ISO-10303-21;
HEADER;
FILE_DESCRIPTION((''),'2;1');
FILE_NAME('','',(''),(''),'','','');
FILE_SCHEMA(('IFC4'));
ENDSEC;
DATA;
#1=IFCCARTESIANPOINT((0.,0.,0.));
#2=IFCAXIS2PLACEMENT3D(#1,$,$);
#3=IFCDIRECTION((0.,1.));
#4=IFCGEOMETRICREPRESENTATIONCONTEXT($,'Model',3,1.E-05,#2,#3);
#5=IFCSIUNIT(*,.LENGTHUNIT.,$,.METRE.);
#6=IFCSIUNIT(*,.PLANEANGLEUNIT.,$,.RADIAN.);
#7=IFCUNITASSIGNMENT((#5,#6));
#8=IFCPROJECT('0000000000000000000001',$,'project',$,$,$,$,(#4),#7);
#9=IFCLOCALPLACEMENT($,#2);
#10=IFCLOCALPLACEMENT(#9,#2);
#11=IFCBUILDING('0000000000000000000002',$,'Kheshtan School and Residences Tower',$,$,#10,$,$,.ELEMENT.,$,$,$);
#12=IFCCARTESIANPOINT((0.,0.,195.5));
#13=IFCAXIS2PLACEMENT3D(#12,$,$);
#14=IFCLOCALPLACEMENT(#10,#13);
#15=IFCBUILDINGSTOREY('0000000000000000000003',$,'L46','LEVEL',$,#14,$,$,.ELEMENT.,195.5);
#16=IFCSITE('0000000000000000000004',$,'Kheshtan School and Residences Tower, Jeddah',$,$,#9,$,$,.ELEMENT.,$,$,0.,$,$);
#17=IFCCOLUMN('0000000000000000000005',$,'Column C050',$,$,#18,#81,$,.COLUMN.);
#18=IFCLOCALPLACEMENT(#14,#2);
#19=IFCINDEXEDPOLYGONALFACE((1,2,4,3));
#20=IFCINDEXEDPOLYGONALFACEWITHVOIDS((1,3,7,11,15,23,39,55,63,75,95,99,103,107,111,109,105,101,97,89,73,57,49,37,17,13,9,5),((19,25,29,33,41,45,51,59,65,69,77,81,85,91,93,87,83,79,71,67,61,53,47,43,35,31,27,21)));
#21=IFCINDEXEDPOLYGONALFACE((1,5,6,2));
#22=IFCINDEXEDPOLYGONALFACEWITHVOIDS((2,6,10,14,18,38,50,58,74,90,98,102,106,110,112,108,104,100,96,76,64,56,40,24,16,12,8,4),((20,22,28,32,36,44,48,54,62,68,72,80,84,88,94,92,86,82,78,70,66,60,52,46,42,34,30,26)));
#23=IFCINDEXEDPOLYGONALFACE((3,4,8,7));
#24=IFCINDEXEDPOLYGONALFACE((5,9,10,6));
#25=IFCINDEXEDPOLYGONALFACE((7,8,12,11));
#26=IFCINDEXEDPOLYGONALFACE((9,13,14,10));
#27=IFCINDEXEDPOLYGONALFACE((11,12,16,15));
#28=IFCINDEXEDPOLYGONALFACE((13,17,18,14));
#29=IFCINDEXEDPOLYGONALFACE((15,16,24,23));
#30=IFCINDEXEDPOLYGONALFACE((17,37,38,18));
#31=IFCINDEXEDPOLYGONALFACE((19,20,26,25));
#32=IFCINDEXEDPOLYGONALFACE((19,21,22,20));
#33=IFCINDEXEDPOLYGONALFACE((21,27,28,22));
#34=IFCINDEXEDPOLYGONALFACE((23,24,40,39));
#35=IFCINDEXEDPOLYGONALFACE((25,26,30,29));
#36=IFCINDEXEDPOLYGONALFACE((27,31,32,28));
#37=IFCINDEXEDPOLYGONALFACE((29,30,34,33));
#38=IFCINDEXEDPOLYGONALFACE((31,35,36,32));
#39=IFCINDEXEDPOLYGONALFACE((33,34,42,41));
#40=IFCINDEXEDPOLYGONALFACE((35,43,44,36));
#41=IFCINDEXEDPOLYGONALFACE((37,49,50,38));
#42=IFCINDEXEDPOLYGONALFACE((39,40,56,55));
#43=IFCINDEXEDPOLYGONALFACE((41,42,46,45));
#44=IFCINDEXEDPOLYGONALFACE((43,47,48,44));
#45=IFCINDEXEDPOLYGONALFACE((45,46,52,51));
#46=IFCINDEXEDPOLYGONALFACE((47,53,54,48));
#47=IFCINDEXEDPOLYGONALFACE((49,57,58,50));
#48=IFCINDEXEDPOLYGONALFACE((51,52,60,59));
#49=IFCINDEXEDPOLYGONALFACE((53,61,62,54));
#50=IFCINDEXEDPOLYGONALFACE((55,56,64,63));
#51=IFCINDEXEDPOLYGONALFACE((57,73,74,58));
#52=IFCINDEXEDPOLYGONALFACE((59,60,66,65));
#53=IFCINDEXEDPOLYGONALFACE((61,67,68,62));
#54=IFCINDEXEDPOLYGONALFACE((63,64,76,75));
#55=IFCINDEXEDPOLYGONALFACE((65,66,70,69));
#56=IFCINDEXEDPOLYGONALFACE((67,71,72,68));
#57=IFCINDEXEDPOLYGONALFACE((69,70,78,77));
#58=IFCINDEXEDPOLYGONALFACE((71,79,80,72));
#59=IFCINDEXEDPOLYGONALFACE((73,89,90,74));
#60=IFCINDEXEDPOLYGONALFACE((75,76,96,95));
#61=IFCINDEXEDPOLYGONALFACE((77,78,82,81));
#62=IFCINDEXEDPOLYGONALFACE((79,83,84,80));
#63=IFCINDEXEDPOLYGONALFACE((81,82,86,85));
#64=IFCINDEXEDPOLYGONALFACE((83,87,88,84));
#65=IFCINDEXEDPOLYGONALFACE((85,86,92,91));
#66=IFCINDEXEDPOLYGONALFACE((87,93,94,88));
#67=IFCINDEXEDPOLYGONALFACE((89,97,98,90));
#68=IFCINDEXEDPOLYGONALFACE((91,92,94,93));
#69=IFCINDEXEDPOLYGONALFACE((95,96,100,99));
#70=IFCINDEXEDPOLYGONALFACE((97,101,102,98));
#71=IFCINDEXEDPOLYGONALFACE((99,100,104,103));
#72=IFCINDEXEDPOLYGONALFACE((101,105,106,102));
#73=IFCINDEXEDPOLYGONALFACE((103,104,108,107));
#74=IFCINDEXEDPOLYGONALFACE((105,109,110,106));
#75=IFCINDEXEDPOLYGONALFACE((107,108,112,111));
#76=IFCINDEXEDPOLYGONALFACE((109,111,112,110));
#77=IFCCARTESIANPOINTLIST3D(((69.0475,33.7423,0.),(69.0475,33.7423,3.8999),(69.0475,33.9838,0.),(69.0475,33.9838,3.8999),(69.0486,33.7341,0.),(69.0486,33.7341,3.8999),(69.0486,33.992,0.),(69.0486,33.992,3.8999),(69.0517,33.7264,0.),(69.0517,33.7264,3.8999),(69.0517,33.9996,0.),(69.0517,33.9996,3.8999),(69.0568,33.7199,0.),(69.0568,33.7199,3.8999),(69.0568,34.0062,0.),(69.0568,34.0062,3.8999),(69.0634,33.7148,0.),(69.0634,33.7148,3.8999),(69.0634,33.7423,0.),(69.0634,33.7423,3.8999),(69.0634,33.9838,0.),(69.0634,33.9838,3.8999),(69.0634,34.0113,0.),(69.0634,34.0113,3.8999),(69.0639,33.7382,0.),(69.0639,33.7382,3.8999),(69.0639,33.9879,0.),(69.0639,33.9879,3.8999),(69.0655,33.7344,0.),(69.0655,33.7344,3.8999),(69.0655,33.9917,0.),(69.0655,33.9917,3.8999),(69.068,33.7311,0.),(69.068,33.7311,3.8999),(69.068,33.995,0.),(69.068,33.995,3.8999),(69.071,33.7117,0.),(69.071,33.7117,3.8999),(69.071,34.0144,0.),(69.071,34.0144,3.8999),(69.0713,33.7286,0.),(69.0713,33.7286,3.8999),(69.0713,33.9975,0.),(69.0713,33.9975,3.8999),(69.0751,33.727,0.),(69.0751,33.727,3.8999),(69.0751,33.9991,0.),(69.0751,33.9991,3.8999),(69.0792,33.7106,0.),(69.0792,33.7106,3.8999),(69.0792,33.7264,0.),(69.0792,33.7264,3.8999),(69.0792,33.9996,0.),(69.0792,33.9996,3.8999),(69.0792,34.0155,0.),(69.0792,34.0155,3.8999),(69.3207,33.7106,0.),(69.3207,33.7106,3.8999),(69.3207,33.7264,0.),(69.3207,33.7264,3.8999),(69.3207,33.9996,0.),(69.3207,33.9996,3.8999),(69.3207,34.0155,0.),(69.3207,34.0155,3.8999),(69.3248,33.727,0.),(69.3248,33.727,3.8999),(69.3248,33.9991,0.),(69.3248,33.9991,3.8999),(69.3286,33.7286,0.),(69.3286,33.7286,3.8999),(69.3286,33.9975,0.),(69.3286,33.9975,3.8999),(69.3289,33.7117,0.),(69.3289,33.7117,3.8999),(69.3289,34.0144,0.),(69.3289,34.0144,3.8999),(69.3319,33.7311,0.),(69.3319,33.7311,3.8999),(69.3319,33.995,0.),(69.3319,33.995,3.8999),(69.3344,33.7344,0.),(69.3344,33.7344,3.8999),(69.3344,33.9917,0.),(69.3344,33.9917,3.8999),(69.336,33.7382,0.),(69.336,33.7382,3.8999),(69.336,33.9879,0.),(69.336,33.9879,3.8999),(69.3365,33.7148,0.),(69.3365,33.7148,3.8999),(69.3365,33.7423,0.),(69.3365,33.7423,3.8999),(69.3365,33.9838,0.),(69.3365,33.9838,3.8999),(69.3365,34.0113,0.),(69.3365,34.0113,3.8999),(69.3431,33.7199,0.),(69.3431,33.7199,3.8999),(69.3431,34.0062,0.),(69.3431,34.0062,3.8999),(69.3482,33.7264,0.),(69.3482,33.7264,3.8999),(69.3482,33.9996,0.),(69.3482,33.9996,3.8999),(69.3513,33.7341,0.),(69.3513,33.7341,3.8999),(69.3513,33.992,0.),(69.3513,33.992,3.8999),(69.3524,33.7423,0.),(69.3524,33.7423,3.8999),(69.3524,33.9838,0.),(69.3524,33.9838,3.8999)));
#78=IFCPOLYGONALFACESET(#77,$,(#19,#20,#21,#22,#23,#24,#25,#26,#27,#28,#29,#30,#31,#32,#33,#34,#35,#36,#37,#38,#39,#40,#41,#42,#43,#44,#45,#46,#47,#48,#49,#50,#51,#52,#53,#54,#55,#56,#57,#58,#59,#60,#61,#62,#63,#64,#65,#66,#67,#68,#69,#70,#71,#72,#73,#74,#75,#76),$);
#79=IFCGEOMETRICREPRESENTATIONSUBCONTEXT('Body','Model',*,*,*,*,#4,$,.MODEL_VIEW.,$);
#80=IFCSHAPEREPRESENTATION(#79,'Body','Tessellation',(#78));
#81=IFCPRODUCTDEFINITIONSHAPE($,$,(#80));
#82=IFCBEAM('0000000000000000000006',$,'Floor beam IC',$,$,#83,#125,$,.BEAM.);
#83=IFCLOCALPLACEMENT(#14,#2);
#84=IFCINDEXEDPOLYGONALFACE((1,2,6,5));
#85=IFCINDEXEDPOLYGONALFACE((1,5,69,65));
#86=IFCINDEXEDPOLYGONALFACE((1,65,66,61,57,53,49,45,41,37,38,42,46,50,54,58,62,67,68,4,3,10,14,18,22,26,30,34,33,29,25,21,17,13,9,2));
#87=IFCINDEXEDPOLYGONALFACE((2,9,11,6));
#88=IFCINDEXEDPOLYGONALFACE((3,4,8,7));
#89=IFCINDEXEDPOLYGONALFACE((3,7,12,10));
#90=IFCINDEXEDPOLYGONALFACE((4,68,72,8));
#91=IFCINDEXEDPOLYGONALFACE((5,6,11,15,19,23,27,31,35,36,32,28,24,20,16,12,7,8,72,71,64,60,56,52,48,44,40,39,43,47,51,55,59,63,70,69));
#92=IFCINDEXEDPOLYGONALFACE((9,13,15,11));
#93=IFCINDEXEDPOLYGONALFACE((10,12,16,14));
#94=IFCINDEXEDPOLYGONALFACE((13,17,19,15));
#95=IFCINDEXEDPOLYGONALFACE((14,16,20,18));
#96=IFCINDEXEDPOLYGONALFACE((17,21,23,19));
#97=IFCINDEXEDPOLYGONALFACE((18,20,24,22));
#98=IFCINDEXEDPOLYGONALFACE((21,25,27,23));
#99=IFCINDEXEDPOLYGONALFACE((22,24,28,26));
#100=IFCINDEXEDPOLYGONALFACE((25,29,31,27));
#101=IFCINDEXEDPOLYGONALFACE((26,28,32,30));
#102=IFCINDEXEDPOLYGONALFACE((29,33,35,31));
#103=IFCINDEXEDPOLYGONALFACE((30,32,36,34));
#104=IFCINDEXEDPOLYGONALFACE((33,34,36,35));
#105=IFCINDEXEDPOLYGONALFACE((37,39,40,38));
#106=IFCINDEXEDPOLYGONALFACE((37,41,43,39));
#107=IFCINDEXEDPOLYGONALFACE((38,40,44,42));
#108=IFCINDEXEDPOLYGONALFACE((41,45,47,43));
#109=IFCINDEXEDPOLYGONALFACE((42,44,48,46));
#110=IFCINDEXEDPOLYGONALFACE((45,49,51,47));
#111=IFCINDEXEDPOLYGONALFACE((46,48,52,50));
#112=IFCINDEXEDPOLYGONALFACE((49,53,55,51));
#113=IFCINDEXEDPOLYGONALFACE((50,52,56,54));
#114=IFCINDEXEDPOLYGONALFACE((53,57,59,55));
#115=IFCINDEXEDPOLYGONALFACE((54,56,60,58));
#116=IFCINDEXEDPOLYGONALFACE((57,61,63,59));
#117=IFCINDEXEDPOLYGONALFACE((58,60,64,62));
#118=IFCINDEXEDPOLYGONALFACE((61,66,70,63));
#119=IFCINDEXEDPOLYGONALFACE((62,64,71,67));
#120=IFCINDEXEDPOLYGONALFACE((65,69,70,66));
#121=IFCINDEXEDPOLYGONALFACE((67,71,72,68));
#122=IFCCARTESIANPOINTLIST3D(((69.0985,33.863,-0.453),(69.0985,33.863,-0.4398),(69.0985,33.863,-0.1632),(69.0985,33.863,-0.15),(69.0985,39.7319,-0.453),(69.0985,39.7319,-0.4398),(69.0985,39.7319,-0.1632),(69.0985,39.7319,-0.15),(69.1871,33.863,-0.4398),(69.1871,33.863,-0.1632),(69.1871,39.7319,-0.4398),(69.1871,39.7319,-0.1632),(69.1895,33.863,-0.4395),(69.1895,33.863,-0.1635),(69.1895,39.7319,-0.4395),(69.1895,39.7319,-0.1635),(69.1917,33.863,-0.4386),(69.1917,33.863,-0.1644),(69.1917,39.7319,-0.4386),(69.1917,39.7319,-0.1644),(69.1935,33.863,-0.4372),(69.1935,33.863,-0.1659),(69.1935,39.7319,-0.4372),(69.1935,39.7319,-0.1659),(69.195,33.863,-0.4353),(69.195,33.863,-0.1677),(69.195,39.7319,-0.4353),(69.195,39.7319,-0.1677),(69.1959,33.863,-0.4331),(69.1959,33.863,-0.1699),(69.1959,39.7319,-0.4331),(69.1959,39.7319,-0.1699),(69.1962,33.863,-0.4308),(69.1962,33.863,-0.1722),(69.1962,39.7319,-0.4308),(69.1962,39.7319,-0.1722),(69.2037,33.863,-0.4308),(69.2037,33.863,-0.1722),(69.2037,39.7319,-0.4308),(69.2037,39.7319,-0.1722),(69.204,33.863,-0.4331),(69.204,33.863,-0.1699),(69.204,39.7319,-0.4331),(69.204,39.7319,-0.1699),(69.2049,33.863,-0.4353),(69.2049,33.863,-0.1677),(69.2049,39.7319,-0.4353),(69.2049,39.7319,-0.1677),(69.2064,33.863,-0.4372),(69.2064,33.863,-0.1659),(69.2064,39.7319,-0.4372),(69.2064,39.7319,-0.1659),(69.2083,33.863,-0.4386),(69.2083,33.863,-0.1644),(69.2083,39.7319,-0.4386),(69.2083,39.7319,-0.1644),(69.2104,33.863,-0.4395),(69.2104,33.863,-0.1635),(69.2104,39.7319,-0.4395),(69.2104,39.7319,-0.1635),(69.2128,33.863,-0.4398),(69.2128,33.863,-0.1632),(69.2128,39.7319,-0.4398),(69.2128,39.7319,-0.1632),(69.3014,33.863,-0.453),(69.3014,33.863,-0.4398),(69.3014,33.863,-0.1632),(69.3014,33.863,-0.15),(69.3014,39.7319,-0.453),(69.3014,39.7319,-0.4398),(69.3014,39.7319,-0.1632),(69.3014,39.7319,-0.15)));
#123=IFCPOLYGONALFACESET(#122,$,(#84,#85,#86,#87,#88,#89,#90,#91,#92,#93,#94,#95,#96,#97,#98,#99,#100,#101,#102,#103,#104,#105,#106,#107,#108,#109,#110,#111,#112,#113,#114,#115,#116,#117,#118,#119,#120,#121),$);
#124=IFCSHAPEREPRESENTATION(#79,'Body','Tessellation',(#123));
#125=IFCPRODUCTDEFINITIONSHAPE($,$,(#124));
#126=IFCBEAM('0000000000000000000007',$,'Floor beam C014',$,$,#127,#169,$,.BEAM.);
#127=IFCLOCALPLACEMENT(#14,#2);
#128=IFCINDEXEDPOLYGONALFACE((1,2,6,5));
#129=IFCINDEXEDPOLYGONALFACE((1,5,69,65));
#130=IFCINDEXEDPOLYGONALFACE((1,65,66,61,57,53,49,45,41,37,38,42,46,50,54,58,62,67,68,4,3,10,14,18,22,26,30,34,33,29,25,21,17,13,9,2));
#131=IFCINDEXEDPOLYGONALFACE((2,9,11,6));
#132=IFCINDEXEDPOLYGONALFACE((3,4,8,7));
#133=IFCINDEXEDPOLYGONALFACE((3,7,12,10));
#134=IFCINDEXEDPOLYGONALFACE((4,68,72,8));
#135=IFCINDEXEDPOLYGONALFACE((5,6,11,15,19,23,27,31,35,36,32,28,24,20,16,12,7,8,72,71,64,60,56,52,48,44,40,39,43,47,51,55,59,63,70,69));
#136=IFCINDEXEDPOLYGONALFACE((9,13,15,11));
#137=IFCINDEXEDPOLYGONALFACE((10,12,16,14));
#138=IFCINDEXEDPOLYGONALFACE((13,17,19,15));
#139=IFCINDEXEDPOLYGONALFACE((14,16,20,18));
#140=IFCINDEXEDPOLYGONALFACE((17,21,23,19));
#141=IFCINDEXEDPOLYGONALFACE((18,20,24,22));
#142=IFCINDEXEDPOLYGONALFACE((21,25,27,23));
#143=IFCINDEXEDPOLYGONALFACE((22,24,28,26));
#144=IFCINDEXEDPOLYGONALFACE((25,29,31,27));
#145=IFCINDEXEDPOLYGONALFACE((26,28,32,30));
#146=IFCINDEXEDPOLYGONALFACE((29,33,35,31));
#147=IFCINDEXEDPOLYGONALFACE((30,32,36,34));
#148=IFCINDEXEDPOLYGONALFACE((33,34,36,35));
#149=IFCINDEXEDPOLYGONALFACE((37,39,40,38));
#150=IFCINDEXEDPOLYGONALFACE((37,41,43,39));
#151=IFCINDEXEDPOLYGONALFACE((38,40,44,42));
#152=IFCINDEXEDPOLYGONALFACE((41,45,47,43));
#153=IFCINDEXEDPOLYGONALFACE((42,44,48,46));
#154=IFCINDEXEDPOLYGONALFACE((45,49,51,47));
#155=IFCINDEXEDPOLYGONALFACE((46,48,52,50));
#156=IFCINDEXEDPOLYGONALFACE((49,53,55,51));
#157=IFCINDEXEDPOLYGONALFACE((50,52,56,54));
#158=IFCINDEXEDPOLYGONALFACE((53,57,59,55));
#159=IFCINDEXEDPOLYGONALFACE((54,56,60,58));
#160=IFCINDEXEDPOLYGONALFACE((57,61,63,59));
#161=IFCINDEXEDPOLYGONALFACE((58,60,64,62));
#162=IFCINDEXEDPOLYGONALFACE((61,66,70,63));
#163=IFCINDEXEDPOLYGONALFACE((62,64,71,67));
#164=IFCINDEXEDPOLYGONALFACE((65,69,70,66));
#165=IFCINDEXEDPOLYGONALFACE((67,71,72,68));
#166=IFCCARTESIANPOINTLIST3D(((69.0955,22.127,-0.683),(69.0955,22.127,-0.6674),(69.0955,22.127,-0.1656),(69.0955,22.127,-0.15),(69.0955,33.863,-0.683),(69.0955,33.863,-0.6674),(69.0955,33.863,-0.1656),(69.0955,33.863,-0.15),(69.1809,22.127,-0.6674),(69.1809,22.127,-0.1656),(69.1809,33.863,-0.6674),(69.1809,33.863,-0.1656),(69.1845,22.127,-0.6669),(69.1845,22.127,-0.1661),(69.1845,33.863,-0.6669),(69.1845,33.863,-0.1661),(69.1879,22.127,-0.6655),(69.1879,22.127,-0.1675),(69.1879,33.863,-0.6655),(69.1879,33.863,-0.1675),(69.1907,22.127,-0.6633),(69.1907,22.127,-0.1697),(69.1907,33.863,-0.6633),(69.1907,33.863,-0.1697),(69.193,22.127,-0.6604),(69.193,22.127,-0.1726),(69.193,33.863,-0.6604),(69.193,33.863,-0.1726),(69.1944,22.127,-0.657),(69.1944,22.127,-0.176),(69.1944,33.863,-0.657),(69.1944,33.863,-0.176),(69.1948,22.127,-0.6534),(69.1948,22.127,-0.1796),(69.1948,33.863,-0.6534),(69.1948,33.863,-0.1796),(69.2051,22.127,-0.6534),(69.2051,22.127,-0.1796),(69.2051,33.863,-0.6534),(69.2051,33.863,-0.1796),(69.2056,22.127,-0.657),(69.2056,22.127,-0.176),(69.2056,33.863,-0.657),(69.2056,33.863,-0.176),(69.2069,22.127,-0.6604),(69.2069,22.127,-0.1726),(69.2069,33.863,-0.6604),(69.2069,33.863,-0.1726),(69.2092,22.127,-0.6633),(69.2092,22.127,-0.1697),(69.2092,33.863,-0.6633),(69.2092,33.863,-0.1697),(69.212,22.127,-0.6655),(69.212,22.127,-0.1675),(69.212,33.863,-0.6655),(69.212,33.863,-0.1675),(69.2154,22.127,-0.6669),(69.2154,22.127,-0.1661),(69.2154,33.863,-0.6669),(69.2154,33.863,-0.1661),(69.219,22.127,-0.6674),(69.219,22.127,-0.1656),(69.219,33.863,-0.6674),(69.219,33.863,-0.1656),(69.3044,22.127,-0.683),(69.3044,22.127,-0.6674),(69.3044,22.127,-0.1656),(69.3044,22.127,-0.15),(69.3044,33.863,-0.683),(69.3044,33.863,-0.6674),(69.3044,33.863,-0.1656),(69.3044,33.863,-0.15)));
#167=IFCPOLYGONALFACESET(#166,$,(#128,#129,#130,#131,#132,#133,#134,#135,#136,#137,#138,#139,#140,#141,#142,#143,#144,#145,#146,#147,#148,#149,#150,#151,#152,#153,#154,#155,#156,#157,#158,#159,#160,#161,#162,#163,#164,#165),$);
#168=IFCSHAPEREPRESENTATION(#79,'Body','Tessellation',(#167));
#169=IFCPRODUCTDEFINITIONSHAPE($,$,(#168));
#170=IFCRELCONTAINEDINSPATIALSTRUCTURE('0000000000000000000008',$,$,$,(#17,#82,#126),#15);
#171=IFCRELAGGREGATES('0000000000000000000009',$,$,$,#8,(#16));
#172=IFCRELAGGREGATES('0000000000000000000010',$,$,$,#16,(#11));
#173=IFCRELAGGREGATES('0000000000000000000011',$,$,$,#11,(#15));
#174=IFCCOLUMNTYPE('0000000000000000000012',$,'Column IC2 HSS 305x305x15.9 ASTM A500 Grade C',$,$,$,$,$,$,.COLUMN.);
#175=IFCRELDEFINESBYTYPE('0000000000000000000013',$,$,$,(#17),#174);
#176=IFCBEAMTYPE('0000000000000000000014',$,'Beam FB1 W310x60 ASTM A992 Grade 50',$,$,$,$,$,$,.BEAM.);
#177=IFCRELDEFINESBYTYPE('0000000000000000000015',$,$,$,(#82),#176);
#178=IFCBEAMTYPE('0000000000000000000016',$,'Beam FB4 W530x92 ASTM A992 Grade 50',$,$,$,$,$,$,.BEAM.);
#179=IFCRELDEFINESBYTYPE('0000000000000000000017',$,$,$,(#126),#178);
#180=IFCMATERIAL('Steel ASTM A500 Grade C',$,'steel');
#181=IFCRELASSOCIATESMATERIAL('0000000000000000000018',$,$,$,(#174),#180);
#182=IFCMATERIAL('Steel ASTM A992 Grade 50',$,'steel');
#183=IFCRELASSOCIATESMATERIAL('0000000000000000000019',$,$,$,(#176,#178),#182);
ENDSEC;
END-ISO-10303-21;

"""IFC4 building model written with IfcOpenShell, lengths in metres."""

from ifc_helpers import new_model, si_unit, direction, frame, origin, origin_2d, place, context, subcontext, project, spatial, hollow_rectangle, i_section, extrude, material, material_profile, profile_set, type_object, element, save


model = new_model("IFC4")

# Units and contexts
model_context = context("Model", 3, precision=1e-05, world=origin(), true_north=direction((0.0, 1.0)))
body_context = subcontext(model_context, "Body", "Model", "MODEL_VIEW")
ifc_project = project(units=[si_unit("LENGTHUNIT", "METRE"), si_unit("PLANEANGLEUNIT", "RADIAN")], contexts=[model_context])

# Site, building, storey
site_placement = place(None, origin())
site = spatial("IfcSite", under=ifc_project, at=site_placement, Name="Kheshtan School and Residences Tower, Jeddah", CompositionType="ELEMENT", RefElevation=0.0)
building_placement = place(site_placement, origin())
building = spatial("IfcBuilding", under=site, at=building_placement, Name="Kheshtan School and Residences Tower", CompositionType="ELEMENT")
storey_placement = place(building_placement, frame((0.0, 0.0, 195.5)))
storey = spatial("IfcBuildingStorey", under=building, at=storey_placement, Name="L46", Description="LEVEL", CompositionType="ELEMENT", Elevation=195.5)

# Column
ifc_material_1 = material(Name="Steel ASTM A992 Grade 50", Category="steel")
ifc_material_2 = material(Name="Steel ASTM A500 Grade C", Category="steel")
ifc_material_profile_1 = material_profile(ifc_material_2, hollow_rectangle(XDim=0.3049, YDim=0.3049, WallThickness=0.0159, InnerFilletRadius=0.0159, OuterFilletRadius=0.0317, at=origin_2d()), Name="HSS 305x305x15.9")
ifc_profile_set_1 = profile_set([ifc_material_profile_1], Name="Steel ASTM A500 Grade C")
column_type_1 = type_object("IfcColumnType", Name="Column IC2 HSS 305x305x15.9 ASTM A500 Grade C", PredefinedType="COLUMN", material=ifc_profile_set_1)
column_placement = place(storey_placement, frame((69.2, 33.863, 0.0), z_axis=(0.0, 0.0, 1.0), x_axis=(1.0, 0.0, 0.0)))
element("IfcColumn", 1, at=column_placement, inside=storey, type_object=column_type_1, Name="Column C050", PredefinedType="COLUMN", context=body_context, shape_type="SweptSolid", body=[
    extrude(hollow_rectangle(XDim=0.3049, YDim=0.3049, WallThickness=0.0159, InnerFilletRadius=0.0159, OuterFilletRadius=0.0317, at=origin_2d()), origin(), (0.0, 0.0, 1.0), 3.8999),
])

# Beams
ifc_material_profile_2 = material_profile(ifc_material_1, i_section(OverallWidth=0.2029, OverallDepth=0.303, WebThickness=0.0076, FlangeThickness=0.0132, FilletRadius=0.009, at=origin_2d()), Name="W310x60")
ifc_profile_set_2 = profile_set([ifc_material_profile_2], Name="Steel ASTM A992 Grade 50")
beam_type_1 = type_object("IfcBeamType", Name="Beam FB1 W310x60 ASTM A992 Grade 50", PredefinedType="BEAM", material=ifc_profile_set_2)
beam_1_placement = place(storey_placement, frame((69.2, 33.863, -0.3015), z_axis=(0.0, 1.0, 0.0), x_axis=(-1.0, 0.0, 0.0)))
element("IfcBeam", 2, at=beam_1_placement, inside=storey, type_object=beam_type_1, Name="Floor beam IC", PredefinedType="BEAM", context=body_context, shape_type="SweptSolid", body=[
    extrude(i_section(OverallWidth=0.2029, OverallDepth=0.303, WebThickness=0.0076, FlangeThickness=0.0132, FilletRadius=0.009, at=origin_2d()), origin(), (0.0, 0.0, 1.0), 5.8689),
])
ifc_material_profile_3 = material_profile(ifc_material_1, i_section(OverallWidth=0.209, OverallDepth=0.533, WebThickness=0.0103, FlangeThickness=0.0156, FilletRadius=0.0139, at=origin_2d()), Name="W530x92")
ifc_profile_set_3 = profile_set([ifc_material_profile_3], Name="Steel ASTM A992 Grade 50")
beam_type_2 = type_object("IfcBeamType", Name="Beam FB4 W530x92 ASTM A992 Grade 50", PredefinedType="BEAM", material=ifc_profile_set_3)
beam_2_placement = place(storey_placement, frame((69.2, 22.127, -0.4165), z_axis=(0.0, 1.0, 0.0), x_axis=(-1.0, 0.0, 0.0)))
element("IfcBeam", 3, at=beam_2_placement, inside=storey, type_object=beam_type_2, Name="Floor beam C014", PredefinedType="BEAM", context=body_context, shape_type="SweptSolid", body=[
    extrude(i_section(OverallWidth=0.209, OverallDepth=0.533, WebThickness=0.0103, FlangeThickness=0.0156, FilletRadius=0.0139, at=origin_2d()), origin(), (0.0, 0.0, 1.0), 11.7361),
])

save(model, "model.ifc")
